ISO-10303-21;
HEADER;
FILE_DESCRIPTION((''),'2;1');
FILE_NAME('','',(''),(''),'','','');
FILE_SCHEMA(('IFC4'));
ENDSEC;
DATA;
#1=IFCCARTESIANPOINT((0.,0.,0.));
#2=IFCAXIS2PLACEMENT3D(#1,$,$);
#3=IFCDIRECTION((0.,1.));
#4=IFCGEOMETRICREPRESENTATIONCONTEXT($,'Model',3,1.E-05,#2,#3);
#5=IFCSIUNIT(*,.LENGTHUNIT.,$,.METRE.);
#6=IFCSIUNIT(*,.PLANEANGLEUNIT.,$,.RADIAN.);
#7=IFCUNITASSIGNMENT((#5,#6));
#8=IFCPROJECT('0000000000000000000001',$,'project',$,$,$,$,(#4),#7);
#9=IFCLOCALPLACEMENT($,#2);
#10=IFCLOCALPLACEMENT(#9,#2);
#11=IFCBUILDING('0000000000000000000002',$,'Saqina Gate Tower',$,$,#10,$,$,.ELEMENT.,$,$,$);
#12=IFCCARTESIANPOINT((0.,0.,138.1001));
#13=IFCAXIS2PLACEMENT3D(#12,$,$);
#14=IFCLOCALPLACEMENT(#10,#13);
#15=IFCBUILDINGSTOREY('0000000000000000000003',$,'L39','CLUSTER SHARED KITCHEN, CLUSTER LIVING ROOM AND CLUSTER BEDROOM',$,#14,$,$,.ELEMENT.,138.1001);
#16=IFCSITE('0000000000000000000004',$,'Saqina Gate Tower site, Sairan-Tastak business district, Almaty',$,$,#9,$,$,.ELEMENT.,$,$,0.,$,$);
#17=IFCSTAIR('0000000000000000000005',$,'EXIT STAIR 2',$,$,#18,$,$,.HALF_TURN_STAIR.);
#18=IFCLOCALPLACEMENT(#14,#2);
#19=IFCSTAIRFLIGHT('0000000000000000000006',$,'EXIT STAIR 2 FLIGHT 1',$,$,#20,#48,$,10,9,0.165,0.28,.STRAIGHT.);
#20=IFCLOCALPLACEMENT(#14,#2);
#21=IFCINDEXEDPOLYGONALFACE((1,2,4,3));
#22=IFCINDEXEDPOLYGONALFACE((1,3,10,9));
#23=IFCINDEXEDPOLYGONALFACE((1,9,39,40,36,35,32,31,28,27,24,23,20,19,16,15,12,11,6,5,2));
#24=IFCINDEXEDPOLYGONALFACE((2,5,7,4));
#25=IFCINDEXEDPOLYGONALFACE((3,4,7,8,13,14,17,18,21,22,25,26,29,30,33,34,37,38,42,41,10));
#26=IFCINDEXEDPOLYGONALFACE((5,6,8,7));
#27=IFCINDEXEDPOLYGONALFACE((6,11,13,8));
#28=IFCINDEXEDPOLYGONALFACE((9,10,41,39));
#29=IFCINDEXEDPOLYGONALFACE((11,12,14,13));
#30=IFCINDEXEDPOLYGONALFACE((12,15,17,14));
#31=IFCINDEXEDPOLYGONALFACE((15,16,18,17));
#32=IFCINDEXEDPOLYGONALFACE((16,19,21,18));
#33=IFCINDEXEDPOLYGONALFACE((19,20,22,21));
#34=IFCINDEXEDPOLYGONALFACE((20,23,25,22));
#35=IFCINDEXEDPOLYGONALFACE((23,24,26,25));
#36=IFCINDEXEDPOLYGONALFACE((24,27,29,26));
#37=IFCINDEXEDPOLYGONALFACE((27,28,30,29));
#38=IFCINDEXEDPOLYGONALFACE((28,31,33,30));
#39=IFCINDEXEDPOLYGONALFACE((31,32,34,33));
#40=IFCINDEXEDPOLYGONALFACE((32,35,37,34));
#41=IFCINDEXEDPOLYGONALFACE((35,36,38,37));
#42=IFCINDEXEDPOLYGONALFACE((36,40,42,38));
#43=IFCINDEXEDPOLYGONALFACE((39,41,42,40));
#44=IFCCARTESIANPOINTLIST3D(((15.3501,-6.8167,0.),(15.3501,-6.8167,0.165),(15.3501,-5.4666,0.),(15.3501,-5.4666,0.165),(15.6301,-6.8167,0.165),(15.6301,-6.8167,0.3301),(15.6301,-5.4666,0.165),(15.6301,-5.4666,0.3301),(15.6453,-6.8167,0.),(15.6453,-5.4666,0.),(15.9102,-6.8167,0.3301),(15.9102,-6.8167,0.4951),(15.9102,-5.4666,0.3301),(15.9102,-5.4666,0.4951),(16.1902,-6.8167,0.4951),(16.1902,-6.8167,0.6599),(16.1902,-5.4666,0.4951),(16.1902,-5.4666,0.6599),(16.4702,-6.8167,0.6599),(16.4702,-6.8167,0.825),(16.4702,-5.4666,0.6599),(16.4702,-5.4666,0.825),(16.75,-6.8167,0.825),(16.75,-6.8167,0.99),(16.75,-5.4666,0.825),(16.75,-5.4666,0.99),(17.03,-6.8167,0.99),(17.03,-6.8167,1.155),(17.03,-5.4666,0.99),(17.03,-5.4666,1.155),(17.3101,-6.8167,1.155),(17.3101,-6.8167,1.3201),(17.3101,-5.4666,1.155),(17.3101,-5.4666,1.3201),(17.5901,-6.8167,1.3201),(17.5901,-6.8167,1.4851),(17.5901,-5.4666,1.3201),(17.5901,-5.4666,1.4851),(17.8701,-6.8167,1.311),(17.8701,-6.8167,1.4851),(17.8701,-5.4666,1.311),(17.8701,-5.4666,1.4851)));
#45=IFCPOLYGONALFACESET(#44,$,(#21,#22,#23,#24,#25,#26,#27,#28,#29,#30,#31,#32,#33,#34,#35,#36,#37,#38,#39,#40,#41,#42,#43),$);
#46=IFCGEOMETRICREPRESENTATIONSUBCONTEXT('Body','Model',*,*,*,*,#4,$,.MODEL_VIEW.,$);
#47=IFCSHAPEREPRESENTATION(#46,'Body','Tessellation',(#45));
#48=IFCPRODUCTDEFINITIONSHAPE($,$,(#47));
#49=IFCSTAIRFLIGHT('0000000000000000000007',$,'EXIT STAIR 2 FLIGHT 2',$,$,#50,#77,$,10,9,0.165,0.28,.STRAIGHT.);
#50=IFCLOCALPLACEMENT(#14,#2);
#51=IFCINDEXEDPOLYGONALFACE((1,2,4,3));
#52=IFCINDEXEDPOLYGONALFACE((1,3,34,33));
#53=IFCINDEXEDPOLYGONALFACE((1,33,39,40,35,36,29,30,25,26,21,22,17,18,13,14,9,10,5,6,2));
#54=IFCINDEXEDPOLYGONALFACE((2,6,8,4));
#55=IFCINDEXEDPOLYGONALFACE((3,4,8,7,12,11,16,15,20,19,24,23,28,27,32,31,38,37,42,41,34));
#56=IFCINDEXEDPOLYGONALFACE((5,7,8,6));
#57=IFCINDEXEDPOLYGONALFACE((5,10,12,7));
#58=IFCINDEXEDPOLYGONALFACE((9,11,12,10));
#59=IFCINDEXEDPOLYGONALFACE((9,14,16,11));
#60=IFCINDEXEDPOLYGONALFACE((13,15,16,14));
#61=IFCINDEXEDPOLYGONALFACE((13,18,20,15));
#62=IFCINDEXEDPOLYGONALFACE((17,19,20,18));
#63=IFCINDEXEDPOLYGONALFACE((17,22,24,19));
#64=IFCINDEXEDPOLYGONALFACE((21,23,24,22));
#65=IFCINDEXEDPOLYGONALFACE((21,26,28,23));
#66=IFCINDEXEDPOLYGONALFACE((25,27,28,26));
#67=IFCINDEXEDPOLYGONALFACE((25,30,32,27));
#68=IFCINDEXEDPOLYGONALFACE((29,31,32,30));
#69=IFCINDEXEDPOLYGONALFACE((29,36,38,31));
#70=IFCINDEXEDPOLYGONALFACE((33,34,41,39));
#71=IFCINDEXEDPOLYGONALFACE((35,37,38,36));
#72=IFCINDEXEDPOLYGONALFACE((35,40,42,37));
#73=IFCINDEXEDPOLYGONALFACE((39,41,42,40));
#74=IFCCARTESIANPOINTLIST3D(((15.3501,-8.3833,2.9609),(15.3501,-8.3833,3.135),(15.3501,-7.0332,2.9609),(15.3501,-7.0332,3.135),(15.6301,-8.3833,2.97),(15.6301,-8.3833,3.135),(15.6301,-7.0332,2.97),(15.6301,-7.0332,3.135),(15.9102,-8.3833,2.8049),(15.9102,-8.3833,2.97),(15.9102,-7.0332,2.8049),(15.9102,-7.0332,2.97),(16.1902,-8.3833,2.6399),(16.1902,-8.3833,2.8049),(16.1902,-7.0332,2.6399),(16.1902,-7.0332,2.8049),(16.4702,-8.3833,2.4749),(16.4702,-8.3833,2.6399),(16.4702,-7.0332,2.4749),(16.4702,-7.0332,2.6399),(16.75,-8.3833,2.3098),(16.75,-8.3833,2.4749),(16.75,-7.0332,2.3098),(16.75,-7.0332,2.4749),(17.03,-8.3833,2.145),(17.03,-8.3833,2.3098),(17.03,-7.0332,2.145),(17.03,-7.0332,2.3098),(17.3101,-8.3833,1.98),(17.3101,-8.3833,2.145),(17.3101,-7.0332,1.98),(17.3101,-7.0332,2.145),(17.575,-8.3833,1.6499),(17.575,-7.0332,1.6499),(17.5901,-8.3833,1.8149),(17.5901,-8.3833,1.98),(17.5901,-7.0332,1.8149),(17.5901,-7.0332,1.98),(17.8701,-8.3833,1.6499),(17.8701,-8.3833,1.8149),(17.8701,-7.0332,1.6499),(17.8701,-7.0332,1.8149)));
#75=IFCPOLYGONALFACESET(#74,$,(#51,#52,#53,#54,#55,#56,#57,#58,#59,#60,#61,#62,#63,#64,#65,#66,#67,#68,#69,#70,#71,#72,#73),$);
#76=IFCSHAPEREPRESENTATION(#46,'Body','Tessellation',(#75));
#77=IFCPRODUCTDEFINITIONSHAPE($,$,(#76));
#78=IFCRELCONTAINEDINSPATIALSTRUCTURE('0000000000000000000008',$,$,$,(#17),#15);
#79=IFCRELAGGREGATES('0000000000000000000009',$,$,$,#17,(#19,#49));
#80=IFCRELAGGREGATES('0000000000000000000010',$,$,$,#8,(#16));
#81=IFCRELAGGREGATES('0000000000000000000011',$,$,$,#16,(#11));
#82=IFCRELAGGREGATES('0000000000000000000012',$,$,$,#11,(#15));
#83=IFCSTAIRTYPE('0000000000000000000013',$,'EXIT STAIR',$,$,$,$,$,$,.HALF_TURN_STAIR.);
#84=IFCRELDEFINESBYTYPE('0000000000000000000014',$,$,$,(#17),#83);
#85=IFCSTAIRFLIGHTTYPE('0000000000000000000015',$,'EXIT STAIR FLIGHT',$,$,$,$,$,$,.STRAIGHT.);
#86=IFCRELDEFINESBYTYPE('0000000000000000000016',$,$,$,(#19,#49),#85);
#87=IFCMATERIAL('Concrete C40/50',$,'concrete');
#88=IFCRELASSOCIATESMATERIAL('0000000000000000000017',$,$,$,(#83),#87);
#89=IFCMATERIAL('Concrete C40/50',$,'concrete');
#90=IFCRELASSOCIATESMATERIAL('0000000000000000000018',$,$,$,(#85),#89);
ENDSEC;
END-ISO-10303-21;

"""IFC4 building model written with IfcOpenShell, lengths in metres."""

from ifc_helpers import new_model, si_unit, direction, frame, origin, place, context, subcontext, project, spatial, polyline, outline, extrude, material, type_object, element, aggregate, save


model = new_model("IFC4")

# Units and contexts
model_context = context("Model", 3, precision=1e-05, world=origin(), true_north=direction((0.0, 1.0)))
body_context = subcontext(model_context, "Body", "Model", "MODEL_VIEW")
ifc_project = project(units=[si_unit("LENGTHUNIT", "METRE"), si_unit("PLANEANGLEUNIT", "RADIAN")], contexts=[model_context])

# Site, building, storey
site_placement = place(None, origin())
site = spatial("IfcSite", under=ifc_project, at=site_placement, Name="Saqina Gate Tower site, Sairan-Tastak business district, Almaty", CompositionType="ELEMENT", RefElevation=0.0)
building_placement = place(site_placement, origin())
building = spatial("IfcBuilding", under=site, at=building_placement, Name="Saqina Gate Tower", CompositionType="ELEMENT")
storey_placement = place(building_placement, frame((0.0, 0.0, 138.1001)))
storey = spatial("IfcBuildingStorey", under=building, at=storey_placement, Name="L39", Description="CLUSTER SHARED KITCHEN, CLUSTER LIVING ROOM AND CLUSTER BEDROOM", CompositionType="ELEMENT", Elevation=138.1001)

# Stair, stair flights
ifc_material_1 = material(Name="Concrete C40/50", Category="concrete")
stair_type = type_object("IfcStairType", Name="EXIT STAIR", PredefinedType="HALF_TURN_STAIR", material=ifc_material_1)
stair_placement = place(storey_placement, origin())
stair = element("IfcStair", 1, at=stair_placement, inside=storey, type_object=stair_type, Name="EXIT STAIR 2", PredefinedType="HALF_TURN_STAIR")
ifc_material_2 = material(Name="Concrete C40/50", Category="concrete")
stair_flight_type = type_object("IfcStairFlightType", Name="EXIT STAIR FLIGHT", PredefinedType="STRAIGHT", material=ifc_material_2)
stair_flight_1_placement = place(storey_placement, frame((15.3501, -6.1416, 0.0), z_axis=(0.0, 0.0, 1.0), x_axis=(1.0, 0.0, 0.0)))
stair_flight_1 = element("IfcStairFlight", 2, at=stair_flight_1_placement, type_object=stair_flight_type, Name="EXIT STAIR 2 FLIGHT 1", NumberOfRisers=10, NumberOfTreads=9, PredefinedType="STRAIGHT", RiserHeight=0.165, TreadLength=0.28, context=body_context, shape_type="SweptSolid", body=[
    extrude(outline(polyline([(0.0, 0.0), (0.0, 0.165), (0.28, 0.165), (0.28, 0.3301), (0.5601, 0.3301), (0.5601, 0.4951), (0.8401, 0.4951), (0.8401, 0.6599), (1.1201, 0.6599), (1.1201, 0.825), (1.3999, 0.825), (1.3999, 0.99), (1.6799, 0.99), (1.6799, 1.155), (1.96, 1.155), (1.96, 1.3201), (2.24, 1.3201), (2.24, 1.4851), (2.52, 1.4851), (2.52, 1.6499), (2.52, 1.311), (0.2952, 0.0), (0.0, 0.0)])), frame((0.0, 0.675, 0.0), z_axis=(0.0, -1.0, 0.0), x_axis=(1.0, 0.0, 0.0)), (0.0, 0.0, 1.0), 1.3501),
])
stair_flight_2_placement = place(storey_placement, frame((17.8701, -7.7083, 1.6499), z_axis=(0.0, 0.0, 1.0), x_axis=(-1.0, 0.0, 0.0)))
stair_flight_2 = element("IfcStairFlight", 3, at=stair_flight_2_placement, type_object=stair_flight_type, Name="EXIT STAIR 2 FLIGHT 2", NumberOfRisers=10, NumberOfTreads=9, PredefinedType="STRAIGHT", RiserHeight=0.165, TreadLength=0.28, context=body_context, shape_type="SweptSolid", body=[
    extrude(outline(polyline([(0.0, 0.0), (0.0, 0.165), (0.28, 0.165), (0.28, 0.3301), (0.5601, 0.3301), (0.5601, 0.4951), (0.8401, 0.4951), (0.8401, 0.6599), (1.1201, 0.6599), (1.1201, 0.825), (1.3999, 0.825), (1.3999, 0.99), (1.6799, 0.99), (1.6799, 1.155), (1.96, 1.155), (1.96, 1.3201), (2.24, 1.3201), (2.24, 1.4851), (2.52, 1.4851), (2.52, 1.6499), (2.52, 1.311), (0.2952, 0.0), (0.0, 0.0)])), frame((0.0, 0.675, 0.0), z_axis=(0.0, -1.0, 0.0), x_axis=(1.0, 0.0, 0.0)), (0.0, 0.0, 1.0), 1.3501),
])
aggregate(stair, [stair_flight_1, stair_flight_2])

save(model, "model.ifc")
